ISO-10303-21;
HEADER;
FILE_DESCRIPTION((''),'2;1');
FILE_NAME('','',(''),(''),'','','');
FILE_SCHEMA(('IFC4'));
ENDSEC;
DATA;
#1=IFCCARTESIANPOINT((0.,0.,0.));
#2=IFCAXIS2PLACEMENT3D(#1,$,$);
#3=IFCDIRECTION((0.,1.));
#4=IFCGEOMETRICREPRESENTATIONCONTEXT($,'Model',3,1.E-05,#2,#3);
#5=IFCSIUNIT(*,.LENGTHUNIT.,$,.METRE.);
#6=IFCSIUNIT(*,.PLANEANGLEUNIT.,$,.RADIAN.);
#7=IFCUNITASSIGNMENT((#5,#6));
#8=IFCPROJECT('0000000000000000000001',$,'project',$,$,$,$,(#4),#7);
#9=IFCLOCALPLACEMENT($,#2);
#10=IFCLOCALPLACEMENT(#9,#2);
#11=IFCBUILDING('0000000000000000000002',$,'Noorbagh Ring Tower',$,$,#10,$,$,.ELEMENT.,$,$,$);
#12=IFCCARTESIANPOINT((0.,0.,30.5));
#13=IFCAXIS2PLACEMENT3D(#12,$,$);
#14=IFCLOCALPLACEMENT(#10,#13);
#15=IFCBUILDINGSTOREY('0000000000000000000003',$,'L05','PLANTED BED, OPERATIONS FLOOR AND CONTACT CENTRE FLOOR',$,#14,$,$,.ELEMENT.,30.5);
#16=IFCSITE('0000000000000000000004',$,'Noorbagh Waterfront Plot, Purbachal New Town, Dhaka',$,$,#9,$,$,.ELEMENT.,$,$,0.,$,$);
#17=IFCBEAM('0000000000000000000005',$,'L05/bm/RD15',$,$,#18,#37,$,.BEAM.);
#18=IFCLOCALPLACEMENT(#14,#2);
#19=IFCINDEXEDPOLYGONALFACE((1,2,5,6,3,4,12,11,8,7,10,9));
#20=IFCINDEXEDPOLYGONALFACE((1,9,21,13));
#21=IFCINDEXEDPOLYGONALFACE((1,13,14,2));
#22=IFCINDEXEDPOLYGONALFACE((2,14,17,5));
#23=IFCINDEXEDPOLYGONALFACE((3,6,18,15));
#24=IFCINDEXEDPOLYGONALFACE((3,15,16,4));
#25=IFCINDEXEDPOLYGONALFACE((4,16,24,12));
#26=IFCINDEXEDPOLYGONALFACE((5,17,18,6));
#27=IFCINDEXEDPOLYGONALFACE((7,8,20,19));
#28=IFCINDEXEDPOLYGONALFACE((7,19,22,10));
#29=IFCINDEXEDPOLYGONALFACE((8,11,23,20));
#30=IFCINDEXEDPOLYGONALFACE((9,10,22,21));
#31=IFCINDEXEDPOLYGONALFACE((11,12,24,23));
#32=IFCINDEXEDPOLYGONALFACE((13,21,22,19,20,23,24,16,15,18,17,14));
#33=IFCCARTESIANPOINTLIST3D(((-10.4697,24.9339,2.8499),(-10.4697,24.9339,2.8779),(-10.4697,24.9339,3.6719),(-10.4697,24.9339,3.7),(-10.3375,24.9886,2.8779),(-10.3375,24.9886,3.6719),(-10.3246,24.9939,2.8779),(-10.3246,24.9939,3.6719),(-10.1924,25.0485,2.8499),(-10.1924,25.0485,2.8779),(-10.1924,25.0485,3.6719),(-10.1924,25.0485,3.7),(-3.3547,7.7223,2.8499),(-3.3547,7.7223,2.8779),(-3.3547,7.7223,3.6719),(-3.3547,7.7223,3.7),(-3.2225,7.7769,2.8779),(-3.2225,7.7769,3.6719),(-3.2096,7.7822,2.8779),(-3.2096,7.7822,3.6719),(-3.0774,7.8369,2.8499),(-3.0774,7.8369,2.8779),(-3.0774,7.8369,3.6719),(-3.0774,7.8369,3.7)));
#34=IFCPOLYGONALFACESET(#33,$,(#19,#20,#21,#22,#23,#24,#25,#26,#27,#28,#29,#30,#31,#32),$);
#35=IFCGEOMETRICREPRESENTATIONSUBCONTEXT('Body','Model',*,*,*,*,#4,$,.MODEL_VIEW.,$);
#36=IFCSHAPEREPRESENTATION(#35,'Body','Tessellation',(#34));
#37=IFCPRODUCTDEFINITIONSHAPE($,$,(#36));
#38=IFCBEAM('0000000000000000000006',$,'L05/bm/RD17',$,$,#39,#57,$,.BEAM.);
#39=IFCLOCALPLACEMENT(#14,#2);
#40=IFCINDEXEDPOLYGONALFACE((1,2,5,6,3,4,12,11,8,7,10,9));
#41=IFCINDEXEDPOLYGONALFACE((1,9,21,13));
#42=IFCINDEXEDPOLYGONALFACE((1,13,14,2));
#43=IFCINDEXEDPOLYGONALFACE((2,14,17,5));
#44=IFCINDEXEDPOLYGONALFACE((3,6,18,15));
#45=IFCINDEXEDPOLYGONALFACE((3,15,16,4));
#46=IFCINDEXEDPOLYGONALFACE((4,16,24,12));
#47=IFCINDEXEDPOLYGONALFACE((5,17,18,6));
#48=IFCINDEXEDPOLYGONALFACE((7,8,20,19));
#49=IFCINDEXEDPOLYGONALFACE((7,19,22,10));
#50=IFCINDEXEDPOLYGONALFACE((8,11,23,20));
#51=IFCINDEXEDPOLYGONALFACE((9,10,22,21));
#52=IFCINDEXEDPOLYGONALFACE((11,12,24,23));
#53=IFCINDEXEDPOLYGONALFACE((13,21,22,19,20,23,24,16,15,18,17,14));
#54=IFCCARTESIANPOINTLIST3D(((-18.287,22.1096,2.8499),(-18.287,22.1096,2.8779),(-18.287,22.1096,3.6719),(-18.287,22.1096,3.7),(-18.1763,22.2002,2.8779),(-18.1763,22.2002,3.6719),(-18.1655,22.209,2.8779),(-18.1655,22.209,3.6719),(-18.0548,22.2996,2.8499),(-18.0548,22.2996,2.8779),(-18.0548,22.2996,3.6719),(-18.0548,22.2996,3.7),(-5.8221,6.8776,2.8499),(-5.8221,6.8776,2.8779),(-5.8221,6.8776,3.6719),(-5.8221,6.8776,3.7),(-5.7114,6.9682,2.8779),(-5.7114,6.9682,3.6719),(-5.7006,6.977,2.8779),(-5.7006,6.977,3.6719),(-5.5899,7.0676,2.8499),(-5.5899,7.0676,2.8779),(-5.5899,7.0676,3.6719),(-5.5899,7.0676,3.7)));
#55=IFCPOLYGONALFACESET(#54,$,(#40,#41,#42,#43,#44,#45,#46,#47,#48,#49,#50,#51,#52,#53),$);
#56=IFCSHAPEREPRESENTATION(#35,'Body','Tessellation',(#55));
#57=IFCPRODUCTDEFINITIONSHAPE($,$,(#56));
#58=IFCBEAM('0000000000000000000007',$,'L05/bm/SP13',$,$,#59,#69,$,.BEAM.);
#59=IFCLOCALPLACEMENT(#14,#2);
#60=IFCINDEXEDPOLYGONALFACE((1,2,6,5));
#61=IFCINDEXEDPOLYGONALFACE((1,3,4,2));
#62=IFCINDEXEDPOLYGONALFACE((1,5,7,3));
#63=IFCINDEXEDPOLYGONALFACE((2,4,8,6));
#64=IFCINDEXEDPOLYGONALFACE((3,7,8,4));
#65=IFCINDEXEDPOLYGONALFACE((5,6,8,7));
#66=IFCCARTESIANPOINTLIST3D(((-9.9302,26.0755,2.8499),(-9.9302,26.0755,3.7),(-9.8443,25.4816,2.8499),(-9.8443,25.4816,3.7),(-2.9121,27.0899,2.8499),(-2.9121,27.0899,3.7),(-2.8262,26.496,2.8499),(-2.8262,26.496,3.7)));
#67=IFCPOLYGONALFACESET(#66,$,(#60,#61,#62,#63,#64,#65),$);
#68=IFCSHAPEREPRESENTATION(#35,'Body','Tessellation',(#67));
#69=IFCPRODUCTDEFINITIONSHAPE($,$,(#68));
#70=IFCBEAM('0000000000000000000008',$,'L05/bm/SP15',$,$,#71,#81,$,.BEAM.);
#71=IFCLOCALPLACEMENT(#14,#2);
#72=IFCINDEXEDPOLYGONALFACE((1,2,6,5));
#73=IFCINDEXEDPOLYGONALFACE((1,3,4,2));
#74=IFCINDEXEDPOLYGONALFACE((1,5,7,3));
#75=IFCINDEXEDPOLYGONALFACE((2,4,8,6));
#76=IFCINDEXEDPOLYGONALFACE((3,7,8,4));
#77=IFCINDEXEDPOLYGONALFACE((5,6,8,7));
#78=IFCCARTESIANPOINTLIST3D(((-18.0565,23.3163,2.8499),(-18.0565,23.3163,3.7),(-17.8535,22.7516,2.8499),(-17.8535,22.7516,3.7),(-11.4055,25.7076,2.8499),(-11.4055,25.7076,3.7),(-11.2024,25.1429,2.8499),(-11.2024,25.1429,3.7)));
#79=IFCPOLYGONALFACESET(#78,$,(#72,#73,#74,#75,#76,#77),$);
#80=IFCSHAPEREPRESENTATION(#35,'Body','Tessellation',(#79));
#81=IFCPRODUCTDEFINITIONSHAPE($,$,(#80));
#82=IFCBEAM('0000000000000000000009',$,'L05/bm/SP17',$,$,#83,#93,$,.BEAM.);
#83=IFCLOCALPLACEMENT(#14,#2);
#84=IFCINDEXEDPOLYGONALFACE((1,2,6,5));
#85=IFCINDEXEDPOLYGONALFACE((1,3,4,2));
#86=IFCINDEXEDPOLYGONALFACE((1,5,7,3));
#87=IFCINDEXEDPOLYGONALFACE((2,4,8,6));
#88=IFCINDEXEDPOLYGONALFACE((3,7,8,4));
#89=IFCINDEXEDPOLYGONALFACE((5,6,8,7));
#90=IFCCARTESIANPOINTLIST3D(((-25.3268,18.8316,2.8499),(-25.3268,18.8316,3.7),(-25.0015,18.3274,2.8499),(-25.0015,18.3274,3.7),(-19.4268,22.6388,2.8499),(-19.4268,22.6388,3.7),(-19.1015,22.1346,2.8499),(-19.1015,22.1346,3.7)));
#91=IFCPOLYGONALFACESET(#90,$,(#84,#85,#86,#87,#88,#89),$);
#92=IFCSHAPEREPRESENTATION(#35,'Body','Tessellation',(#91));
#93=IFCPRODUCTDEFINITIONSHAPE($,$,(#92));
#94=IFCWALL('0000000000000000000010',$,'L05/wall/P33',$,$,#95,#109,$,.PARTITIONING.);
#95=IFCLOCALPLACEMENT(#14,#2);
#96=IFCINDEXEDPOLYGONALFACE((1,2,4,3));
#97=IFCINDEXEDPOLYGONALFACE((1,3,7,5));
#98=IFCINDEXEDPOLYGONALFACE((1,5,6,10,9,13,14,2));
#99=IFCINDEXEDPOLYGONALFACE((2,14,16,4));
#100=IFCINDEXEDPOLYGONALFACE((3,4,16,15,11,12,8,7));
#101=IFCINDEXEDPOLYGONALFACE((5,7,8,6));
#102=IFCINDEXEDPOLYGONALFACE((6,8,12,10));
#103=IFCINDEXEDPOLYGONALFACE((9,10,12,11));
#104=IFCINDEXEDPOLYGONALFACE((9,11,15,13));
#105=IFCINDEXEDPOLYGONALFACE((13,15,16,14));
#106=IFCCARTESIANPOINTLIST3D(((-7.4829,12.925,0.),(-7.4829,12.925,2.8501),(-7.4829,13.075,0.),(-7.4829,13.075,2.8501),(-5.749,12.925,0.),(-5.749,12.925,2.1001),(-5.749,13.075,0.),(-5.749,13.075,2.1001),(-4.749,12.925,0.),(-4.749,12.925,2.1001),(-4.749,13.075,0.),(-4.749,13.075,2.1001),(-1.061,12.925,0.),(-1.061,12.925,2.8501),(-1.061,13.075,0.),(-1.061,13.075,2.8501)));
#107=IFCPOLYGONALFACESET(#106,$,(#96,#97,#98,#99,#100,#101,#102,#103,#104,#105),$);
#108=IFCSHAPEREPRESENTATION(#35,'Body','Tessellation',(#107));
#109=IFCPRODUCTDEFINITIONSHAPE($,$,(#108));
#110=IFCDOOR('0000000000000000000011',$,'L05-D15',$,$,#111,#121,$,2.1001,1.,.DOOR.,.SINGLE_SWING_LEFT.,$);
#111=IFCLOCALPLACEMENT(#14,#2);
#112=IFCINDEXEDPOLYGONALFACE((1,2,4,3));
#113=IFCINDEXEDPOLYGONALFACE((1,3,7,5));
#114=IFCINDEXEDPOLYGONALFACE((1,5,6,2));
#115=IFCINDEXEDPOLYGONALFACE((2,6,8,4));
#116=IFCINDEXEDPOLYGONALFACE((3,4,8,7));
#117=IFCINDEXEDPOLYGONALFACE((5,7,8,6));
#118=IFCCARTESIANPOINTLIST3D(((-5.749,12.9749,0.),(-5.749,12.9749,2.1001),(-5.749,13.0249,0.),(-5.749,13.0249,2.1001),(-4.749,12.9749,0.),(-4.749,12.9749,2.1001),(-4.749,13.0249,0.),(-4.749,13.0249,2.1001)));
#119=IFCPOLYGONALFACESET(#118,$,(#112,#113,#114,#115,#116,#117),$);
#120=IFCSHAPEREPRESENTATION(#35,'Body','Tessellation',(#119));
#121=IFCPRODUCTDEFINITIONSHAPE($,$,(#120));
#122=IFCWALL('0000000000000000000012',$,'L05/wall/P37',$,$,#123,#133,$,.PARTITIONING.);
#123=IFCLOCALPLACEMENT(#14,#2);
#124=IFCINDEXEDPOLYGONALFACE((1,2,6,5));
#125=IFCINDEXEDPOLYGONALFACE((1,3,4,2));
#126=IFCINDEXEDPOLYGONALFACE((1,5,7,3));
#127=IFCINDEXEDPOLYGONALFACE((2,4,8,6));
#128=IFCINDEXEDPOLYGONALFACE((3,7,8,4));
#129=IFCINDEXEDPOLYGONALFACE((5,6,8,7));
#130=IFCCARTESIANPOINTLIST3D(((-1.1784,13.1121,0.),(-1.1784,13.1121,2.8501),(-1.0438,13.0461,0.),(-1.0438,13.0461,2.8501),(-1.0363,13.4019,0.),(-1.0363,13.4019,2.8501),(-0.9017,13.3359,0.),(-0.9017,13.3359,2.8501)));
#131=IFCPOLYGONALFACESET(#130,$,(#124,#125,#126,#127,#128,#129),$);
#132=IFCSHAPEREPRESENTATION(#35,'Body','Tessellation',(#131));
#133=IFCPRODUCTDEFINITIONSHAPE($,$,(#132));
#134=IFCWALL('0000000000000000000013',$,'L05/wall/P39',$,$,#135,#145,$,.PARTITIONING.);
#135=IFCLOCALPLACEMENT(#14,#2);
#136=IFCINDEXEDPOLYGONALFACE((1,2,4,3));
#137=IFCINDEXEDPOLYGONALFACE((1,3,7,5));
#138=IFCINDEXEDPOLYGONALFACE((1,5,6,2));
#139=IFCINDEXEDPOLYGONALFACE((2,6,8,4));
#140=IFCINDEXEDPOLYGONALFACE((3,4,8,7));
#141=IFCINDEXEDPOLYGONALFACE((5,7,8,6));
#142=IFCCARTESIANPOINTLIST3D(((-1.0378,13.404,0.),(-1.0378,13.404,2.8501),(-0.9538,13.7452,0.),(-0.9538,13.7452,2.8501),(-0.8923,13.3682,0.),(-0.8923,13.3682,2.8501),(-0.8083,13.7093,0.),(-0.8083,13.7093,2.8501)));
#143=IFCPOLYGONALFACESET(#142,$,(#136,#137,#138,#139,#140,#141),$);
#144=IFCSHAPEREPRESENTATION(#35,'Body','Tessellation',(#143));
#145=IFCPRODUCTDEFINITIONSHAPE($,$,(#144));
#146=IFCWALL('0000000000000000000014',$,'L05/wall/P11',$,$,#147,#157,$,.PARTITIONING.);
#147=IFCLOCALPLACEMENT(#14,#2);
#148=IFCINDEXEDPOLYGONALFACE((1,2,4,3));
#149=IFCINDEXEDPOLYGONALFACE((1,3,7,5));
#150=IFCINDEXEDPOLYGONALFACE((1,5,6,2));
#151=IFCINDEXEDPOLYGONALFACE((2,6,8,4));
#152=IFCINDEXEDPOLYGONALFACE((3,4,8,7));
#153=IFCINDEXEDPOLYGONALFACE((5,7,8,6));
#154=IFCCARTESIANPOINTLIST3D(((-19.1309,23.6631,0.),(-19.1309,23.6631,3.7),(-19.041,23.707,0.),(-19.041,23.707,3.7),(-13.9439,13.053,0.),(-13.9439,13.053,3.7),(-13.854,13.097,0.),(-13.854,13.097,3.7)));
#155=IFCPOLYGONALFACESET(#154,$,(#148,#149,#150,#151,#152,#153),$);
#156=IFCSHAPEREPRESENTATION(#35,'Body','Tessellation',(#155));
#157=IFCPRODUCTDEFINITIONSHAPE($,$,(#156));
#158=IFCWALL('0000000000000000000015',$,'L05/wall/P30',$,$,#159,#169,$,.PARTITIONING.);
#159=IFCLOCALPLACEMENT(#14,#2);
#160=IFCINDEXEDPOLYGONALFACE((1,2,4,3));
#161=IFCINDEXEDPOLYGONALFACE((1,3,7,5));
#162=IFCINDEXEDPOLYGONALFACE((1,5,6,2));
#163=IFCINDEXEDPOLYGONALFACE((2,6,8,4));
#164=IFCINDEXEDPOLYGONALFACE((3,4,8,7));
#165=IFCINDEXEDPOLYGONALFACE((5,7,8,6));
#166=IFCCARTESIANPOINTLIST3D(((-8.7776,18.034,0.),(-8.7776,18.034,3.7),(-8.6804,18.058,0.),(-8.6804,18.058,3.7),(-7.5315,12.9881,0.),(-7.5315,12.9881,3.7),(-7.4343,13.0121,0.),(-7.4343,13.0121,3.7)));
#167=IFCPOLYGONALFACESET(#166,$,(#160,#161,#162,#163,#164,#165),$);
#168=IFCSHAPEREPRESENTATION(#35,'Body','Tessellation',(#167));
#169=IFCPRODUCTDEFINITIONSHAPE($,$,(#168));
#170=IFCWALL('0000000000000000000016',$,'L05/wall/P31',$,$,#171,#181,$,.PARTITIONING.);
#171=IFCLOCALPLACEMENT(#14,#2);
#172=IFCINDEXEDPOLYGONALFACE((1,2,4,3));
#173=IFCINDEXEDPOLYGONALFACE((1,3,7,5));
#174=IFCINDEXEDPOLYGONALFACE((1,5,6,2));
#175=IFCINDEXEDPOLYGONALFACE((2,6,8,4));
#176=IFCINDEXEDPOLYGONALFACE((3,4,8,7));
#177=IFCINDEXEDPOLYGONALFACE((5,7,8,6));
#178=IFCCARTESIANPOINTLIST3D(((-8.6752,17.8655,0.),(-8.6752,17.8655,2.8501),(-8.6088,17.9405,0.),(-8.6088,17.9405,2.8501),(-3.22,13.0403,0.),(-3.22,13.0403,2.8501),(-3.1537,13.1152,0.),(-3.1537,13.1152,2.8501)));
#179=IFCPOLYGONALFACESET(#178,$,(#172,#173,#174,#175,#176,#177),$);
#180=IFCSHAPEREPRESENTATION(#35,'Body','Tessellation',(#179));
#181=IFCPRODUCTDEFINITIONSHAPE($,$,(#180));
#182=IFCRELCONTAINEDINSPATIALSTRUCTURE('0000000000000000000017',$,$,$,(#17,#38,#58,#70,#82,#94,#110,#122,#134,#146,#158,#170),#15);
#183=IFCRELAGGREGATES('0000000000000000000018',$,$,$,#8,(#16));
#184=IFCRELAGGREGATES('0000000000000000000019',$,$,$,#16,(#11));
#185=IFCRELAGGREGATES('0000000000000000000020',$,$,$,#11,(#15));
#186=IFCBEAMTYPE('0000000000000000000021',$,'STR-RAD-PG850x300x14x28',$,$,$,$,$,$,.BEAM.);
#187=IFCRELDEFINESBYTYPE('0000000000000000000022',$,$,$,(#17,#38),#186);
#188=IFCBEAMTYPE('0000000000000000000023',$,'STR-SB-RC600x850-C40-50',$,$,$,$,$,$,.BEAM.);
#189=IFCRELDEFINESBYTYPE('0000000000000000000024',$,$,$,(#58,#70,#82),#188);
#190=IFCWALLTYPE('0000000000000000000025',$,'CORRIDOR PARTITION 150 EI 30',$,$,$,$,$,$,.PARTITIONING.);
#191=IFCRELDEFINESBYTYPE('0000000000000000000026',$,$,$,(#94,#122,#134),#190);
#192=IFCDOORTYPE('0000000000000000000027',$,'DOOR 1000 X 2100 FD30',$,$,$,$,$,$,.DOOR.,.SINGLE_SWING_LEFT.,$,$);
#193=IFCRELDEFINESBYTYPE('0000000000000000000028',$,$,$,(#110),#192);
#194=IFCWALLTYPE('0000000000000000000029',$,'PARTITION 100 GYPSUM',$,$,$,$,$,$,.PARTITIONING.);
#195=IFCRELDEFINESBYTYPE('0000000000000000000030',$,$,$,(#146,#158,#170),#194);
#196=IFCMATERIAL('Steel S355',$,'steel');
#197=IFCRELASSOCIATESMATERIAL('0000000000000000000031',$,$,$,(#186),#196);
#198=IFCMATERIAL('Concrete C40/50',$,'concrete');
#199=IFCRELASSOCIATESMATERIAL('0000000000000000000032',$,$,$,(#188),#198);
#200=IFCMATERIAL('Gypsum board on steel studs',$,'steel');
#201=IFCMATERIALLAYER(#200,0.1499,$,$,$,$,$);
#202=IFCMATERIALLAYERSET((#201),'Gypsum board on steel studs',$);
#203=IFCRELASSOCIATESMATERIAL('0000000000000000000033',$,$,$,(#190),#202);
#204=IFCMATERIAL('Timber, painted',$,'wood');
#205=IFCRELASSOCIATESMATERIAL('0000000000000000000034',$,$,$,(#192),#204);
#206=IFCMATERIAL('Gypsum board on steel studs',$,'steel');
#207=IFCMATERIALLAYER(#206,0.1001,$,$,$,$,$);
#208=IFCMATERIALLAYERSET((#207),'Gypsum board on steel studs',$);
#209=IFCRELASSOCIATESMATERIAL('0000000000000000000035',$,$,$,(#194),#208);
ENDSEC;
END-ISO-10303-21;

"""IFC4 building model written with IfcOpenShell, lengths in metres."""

from ifc_helpers import new_model, si_unit, direction, frame, frame_2d, origin, origin_2d, place, context, subcontext, project, spatial, rectangle, i_section, extrude, material, layer, layer_set, material_profile, profile_set, type_object, element, fill, save


model = new_model("IFC4")

# Units and contexts
model_context = context("Model", 3, precision=1e-05, world=origin(), true_north=direction((0.0, 1.0)))
body_context = subcontext(model_context, "Body", "Model", "MODEL_VIEW")
ifc_project = project(units=[si_unit("LENGTHUNIT", "METRE"), si_unit("PLANEANGLEUNIT", "RADIAN")], contexts=[model_context])

# Site, building, storey
site_placement = place(None, origin())
site = spatial("IfcSite", under=ifc_project, at=site_placement, Name="Noorbagh Waterfront Plot, Purbachal New Town, Dhaka", CompositionType="ELEMENT", RefElevation=0.0)
building_placement = place(site_placement, origin())
building = spatial("IfcBuilding", under=site, at=building_placement, Name="Noorbagh Ring Tower", CompositionType="ELEMENT")
storey_placement = place(building_placement, frame((0.0, 0.0, 30.5)))
storey = spatial("IfcBuildingStorey", under=building, at=storey_placement, Name="L05", Description="PLANTED BED, OPERATIONS FLOOR AND CONTACT CENTRE FLOOR", CompositionType="ELEMENT", Elevation=30.5)

# Beams
ifc_material_1 = material(Name="Steel S355", Category="steel")
ifc_material_profile_1 = material_profile(ifc_material_1, i_section(OverallWidth=0.3, OverallDepth=0.8501, WebThickness=0.0139, FlangeThickness=0.0281, at=origin_2d()), Name="PG850x300x14x28")
ifc_profile_set_1 = profile_set([ifc_material_profile_1], Name="Steel S355")
beam_type_1 = type_object("IfcBeamType", Name="STR-RAD-PG850x300x14x28", PredefinedType="BEAM", material=ifc_profile_set_1)
beam_1_placement = place(storey_placement, frame((-10.3311, 24.9912, 3.2749), z_axis=(0.382027, -0.924151, 0.0), x_axis=(0.924151, 0.382027, 0.0)))
element("IfcBeam", 1, at=beam_1_placement, inside=storey, type_object=beam_type_1, Name="L05/bm/RD15", PredefinedType="BEAM", context=body_context, shape_type="SweptSolid", body=[
    extrude(i_section(OverallWidth=0.3, OverallDepth=0.8501, WebThickness=0.0139, FlangeThickness=0.0281, at=origin_2d()), origin(), (0.0, 0.0, 1.0), 18.6243),
])
beam_2_placement = place(storey_placement, frame((-18.1709, 22.2046, 3.2749), z_axis=(0.633309, -0.773899, 0.0), x_axis=(0.773899, 0.633309, 0.0)))
element("IfcBeam", 2, at=beam_2_placement, inside=storey, type_object=beam_type_1, Name="L05/bm/RD17", PredefinedType="BEAM", context=body_context, shape_type="SweptSolid", body=[
    extrude(i_section(OverallWidth=0.3, OverallDepth=0.8501, WebThickness=0.0139, FlangeThickness=0.0281, at=origin_2d()), origin(), (0.0, 0.0, 1.0), 19.6821),
])
ifc_material_2 = material(Name="Concrete C40/50", Category="concrete")
ifc_material_profile_2 = material_profile(ifc_material_2, rectangle(XDim=0.6001, YDim=0.8501, at=origin_2d()), Name="RC600x850")
ifc_profile_set_2 = profile_set([ifc_material_profile_2], Name="Concrete C40/50")
beam_type_2 = type_object("IfcBeamType", Name="STR-SB-RC600x850-C40-50", PredefinedType="BEAM", material=ifc_profile_set_2)
beam_3_placement = place(storey_placement, frame((-2.8691, 26.793, 3.2749), z_axis=(-0.989715, -0.143055, 0.0), x_axis=(0.143055, -0.989715, 0.0)))
element("IfcBeam", 3, at=beam_3_placement, inside=storey, type_object=beam_type_2, Name="L05/bm/SP13", PredefinedType="BEAM", context=body_context, shape_type="SweptSolid", body=[
    extrude(rectangle(XDim=0.6001, YDim=0.8501, at=origin_2d()), origin(), (0.0, 0.0, 1.0), 7.0911),
])
beam_4_placement = place(storey_placement, frame((-11.304, 25.4253, 3.2749), z_axis=(-0.941025, -0.338338, 0.0), x_axis=(0.338338, -0.941025, 0.0)))
element("IfcBeam", 4, at=beam_4_placement, inside=storey, type_object=beam_type_2, Name="L05/bm/SP15", PredefinedType="BEAM", context=body_context, shape_type="SweptSolid", body=[
    extrude(rectangle(XDim=0.6001, YDim=0.8501, at=origin_2d()), origin(), (0.0, 0.0, 1.0), 7.0679),
])
beam_5_placement = place(storey_placement, frame((-19.2642, 22.3867, 3.2749), z_axis=(-0.840249, -0.542201, 0.0), x_axis=(0.542201, -0.840249, 0.0)))
element("IfcBeam", 5, at=beam_5_placement, inside=storey, type_object=beam_type_2, Name="L05/bm/SP17", PredefinedType="BEAM", context=body_context, shape_type="SweptSolid", body=[
    extrude(rectangle(XDim=0.6001, YDim=0.8501, at=origin_2d()), origin(), (0.0, 0.0, 1.0), 7.0217),
])

# Wall, opening, door
ifc_material_3 = material(Name="Gypsum board on steel studs", Category="steel")
ifc_layer_1 = layer(ifc_material_3, 0.1499)
ifc_layer_set_1 = layer_set([ifc_layer_1], Name="Gypsum board on steel studs")
wall_type_1 = type_object("IfcWallType", Name="CORRIDOR PARTITION 150 EI 30", PredefinedType="PARTITIONING", material=ifc_layer_set_1)
wall_1_placement = place(storey_placement, frame((-7.4829, 13.0, 0.0), z_axis=(0.0, 0.0, 1.0), x_axis=(1.0, 0.0, 0.0)))
wall_1 = element("IfcWall", 6, at=wall_1_placement, inside=storey, type_object=wall_type_1, Name="L05/wall/P33", PredefinedType="PARTITIONING", context=body_context, shape_type="SweptSolid", body=[
    extrude(rectangle(XDim=6.4219, YDim=0.1499, at=frame_2d((3.2109, 0.0))), origin(), (0.0, 0.0, 1.0), 2.8501),
])
opening_placement = place(wall_1_placement, frame((1.7339, 0.0, 0.0)))
opening = element("IfcOpeningElement", 7, at=opening_placement, cuts=wall_1, PredefinedType="OPENING", context=body_context, shape_type="SweptSolid", body=[
    extrude(rectangle(XDim=1.0, YDim=2.1001, at=frame_2d((0.5, 1.05))), frame((0.0, 0.085, 0.0), z_axis=(0.0, -1.0, 0.0), x_axis=(1.0, 0.0, 0.0)), (0.0, 0.0, 1.0), 0.1699),
])
ifc_material_4 = material(Name="Timber, painted", Category="wood")
door_type = type_object("IfcDoorType", Name="DOOR 1000 X 2100 FD30", OperationType="SINGLE_SWING_LEFT", PredefinedType="DOOR", material=ifc_material_4)
door_placement = place(opening_placement, origin())
door = element("IfcDoor", 8, at=door_placement, inside=storey, type_object=door_type, Name="L05-D15", OperationType="SINGLE_SWING_LEFT", OverallHeight=2.1001, OverallWidth=1.0, PredefinedType="DOOR", context=body_context, shape_type="SweptSolid", body=[
    extrude(rectangle(XDim=1.0, YDim=2.1001, at=frame_2d((0.5, 1.05))), frame((0.0, 0.0249, 0.0), z_axis=(0.0, -1.0, 0.0), x_axis=(1.0, 0.0, 0.0)), (0.0, 0.0, 1.0), 0.05),
])
fill(opening, door)

# Walls
wall_2_placement = place(storey_placement, frame((-1.1111, 13.0791, 0.0), z_axis=(0.0, 0.0, 1.0), x_axis=(0.440241, 0.89788, 0.0)))
element("IfcWall", 9, at=wall_2_placement, inside=storey, type_object=wall_type_1, Name="L05/wall/P37", PredefinedType="PARTITIONING", context=body_context, shape_type="SweptSolid", body=[
    extrude(rectangle(XDim=0.3228, YDim=0.1499, at=frame_2d((0.1614, 0.0))), origin(), (0.0, 0.0, 1.0), 2.8501),
])
wall_3_placement = place(storey_placement, frame((-0.9651, 13.386, 0.0), z_axis=(0.0, 0.0, 1.0), x_axis=(0.2391, 0.970995, 0.0)))
element("IfcWall", 10, at=wall_3_placement, inside=storey, type_object=wall_type_1, Name="L05/wall/P39", PredefinedType="PARTITIONING", context=body_context, shape_type="SweptSolid", body=[
    extrude(rectangle(XDim=0.3513, YDim=0.1499, at=frame_2d((0.1758, 0.0))), origin(), (0.0, 0.0, 1.0), 2.8501),
])
ifc_material_5 = material(Name="Gypsum board on steel studs", Category="steel")
ifc_layer_2 = layer(ifc_material_5, 0.1001)
ifc_layer_set_2 = layer_set([ifc_layer_2], Name="Gypsum board on steel studs")
wall_type_2 = type_object("IfcWallType", Name="PARTITION 100 GYPSUM", PredefinedType="PARTITIONING", material=ifc_layer_set_2)
wall_4_placement = place(storey_placement, frame((-19.0859, 23.6851, 0.0), z_axis=(0.0, 0.0, 1.0), x_axis=(0.4392, -0.898389, 0.0)))
element("IfcWall", 11, at=wall_4_placement, inside=storey, type_object=wall_type_2, Name="L05/wall/P11", PredefinedType="PARTITIONING", context=body_context, shape_type="SweptSolid", body=[
    extrude(rectangle(XDim=11.8101, YDim=0.1001, at=frame_2d((5.905, 0.0))), origin(), (0.0, 0.0, 1.0), 3.7),
])
wall_5_placement = place(storey_placement, frame((-8.729, 18.0459, 0.0), z_axis=(0.0, 0.0, 1.0), x_axis=(0.239749, -0.970835, 0.0)))
element("IfcWall", 12, at=wall_5_placement, inside=storey, type_object=wall_type_2, Name="L05/wall/P30", PredefinedType="PARTITIONING", context=body_context, shape_type="SweptSolid", body=[
    extrude(rectangle(XDim=5.1975, YDim=0.1001, at=frame_2d((2.5986, 0.0))), origin(), (0.0, 0.0, 1.0), 3.7),
])
wall_6_placement = place(storey_placement, frame((-8.6421, 17.9031, 0.0), z_axis=(0.0, 0.0, 1.0), x_axis=(0.749027, -0.662539, 0.0)))
element("IfcWall", 13, at=wall_6_placement, inside=storey, type_object=wall_type_2, Name="L05/wall/P31", PredefinedType="PARTITIONING", context=body_context, shape_type="SweptSolid", body=[
    extrude(rectangle(XDim=7.283, YDim=0.1001, at=frame_2d((3.6416, 0.0))), origin(), (0.0, 0.0, 1.0), 2.8501),
])

save(model, "model.ifc")
